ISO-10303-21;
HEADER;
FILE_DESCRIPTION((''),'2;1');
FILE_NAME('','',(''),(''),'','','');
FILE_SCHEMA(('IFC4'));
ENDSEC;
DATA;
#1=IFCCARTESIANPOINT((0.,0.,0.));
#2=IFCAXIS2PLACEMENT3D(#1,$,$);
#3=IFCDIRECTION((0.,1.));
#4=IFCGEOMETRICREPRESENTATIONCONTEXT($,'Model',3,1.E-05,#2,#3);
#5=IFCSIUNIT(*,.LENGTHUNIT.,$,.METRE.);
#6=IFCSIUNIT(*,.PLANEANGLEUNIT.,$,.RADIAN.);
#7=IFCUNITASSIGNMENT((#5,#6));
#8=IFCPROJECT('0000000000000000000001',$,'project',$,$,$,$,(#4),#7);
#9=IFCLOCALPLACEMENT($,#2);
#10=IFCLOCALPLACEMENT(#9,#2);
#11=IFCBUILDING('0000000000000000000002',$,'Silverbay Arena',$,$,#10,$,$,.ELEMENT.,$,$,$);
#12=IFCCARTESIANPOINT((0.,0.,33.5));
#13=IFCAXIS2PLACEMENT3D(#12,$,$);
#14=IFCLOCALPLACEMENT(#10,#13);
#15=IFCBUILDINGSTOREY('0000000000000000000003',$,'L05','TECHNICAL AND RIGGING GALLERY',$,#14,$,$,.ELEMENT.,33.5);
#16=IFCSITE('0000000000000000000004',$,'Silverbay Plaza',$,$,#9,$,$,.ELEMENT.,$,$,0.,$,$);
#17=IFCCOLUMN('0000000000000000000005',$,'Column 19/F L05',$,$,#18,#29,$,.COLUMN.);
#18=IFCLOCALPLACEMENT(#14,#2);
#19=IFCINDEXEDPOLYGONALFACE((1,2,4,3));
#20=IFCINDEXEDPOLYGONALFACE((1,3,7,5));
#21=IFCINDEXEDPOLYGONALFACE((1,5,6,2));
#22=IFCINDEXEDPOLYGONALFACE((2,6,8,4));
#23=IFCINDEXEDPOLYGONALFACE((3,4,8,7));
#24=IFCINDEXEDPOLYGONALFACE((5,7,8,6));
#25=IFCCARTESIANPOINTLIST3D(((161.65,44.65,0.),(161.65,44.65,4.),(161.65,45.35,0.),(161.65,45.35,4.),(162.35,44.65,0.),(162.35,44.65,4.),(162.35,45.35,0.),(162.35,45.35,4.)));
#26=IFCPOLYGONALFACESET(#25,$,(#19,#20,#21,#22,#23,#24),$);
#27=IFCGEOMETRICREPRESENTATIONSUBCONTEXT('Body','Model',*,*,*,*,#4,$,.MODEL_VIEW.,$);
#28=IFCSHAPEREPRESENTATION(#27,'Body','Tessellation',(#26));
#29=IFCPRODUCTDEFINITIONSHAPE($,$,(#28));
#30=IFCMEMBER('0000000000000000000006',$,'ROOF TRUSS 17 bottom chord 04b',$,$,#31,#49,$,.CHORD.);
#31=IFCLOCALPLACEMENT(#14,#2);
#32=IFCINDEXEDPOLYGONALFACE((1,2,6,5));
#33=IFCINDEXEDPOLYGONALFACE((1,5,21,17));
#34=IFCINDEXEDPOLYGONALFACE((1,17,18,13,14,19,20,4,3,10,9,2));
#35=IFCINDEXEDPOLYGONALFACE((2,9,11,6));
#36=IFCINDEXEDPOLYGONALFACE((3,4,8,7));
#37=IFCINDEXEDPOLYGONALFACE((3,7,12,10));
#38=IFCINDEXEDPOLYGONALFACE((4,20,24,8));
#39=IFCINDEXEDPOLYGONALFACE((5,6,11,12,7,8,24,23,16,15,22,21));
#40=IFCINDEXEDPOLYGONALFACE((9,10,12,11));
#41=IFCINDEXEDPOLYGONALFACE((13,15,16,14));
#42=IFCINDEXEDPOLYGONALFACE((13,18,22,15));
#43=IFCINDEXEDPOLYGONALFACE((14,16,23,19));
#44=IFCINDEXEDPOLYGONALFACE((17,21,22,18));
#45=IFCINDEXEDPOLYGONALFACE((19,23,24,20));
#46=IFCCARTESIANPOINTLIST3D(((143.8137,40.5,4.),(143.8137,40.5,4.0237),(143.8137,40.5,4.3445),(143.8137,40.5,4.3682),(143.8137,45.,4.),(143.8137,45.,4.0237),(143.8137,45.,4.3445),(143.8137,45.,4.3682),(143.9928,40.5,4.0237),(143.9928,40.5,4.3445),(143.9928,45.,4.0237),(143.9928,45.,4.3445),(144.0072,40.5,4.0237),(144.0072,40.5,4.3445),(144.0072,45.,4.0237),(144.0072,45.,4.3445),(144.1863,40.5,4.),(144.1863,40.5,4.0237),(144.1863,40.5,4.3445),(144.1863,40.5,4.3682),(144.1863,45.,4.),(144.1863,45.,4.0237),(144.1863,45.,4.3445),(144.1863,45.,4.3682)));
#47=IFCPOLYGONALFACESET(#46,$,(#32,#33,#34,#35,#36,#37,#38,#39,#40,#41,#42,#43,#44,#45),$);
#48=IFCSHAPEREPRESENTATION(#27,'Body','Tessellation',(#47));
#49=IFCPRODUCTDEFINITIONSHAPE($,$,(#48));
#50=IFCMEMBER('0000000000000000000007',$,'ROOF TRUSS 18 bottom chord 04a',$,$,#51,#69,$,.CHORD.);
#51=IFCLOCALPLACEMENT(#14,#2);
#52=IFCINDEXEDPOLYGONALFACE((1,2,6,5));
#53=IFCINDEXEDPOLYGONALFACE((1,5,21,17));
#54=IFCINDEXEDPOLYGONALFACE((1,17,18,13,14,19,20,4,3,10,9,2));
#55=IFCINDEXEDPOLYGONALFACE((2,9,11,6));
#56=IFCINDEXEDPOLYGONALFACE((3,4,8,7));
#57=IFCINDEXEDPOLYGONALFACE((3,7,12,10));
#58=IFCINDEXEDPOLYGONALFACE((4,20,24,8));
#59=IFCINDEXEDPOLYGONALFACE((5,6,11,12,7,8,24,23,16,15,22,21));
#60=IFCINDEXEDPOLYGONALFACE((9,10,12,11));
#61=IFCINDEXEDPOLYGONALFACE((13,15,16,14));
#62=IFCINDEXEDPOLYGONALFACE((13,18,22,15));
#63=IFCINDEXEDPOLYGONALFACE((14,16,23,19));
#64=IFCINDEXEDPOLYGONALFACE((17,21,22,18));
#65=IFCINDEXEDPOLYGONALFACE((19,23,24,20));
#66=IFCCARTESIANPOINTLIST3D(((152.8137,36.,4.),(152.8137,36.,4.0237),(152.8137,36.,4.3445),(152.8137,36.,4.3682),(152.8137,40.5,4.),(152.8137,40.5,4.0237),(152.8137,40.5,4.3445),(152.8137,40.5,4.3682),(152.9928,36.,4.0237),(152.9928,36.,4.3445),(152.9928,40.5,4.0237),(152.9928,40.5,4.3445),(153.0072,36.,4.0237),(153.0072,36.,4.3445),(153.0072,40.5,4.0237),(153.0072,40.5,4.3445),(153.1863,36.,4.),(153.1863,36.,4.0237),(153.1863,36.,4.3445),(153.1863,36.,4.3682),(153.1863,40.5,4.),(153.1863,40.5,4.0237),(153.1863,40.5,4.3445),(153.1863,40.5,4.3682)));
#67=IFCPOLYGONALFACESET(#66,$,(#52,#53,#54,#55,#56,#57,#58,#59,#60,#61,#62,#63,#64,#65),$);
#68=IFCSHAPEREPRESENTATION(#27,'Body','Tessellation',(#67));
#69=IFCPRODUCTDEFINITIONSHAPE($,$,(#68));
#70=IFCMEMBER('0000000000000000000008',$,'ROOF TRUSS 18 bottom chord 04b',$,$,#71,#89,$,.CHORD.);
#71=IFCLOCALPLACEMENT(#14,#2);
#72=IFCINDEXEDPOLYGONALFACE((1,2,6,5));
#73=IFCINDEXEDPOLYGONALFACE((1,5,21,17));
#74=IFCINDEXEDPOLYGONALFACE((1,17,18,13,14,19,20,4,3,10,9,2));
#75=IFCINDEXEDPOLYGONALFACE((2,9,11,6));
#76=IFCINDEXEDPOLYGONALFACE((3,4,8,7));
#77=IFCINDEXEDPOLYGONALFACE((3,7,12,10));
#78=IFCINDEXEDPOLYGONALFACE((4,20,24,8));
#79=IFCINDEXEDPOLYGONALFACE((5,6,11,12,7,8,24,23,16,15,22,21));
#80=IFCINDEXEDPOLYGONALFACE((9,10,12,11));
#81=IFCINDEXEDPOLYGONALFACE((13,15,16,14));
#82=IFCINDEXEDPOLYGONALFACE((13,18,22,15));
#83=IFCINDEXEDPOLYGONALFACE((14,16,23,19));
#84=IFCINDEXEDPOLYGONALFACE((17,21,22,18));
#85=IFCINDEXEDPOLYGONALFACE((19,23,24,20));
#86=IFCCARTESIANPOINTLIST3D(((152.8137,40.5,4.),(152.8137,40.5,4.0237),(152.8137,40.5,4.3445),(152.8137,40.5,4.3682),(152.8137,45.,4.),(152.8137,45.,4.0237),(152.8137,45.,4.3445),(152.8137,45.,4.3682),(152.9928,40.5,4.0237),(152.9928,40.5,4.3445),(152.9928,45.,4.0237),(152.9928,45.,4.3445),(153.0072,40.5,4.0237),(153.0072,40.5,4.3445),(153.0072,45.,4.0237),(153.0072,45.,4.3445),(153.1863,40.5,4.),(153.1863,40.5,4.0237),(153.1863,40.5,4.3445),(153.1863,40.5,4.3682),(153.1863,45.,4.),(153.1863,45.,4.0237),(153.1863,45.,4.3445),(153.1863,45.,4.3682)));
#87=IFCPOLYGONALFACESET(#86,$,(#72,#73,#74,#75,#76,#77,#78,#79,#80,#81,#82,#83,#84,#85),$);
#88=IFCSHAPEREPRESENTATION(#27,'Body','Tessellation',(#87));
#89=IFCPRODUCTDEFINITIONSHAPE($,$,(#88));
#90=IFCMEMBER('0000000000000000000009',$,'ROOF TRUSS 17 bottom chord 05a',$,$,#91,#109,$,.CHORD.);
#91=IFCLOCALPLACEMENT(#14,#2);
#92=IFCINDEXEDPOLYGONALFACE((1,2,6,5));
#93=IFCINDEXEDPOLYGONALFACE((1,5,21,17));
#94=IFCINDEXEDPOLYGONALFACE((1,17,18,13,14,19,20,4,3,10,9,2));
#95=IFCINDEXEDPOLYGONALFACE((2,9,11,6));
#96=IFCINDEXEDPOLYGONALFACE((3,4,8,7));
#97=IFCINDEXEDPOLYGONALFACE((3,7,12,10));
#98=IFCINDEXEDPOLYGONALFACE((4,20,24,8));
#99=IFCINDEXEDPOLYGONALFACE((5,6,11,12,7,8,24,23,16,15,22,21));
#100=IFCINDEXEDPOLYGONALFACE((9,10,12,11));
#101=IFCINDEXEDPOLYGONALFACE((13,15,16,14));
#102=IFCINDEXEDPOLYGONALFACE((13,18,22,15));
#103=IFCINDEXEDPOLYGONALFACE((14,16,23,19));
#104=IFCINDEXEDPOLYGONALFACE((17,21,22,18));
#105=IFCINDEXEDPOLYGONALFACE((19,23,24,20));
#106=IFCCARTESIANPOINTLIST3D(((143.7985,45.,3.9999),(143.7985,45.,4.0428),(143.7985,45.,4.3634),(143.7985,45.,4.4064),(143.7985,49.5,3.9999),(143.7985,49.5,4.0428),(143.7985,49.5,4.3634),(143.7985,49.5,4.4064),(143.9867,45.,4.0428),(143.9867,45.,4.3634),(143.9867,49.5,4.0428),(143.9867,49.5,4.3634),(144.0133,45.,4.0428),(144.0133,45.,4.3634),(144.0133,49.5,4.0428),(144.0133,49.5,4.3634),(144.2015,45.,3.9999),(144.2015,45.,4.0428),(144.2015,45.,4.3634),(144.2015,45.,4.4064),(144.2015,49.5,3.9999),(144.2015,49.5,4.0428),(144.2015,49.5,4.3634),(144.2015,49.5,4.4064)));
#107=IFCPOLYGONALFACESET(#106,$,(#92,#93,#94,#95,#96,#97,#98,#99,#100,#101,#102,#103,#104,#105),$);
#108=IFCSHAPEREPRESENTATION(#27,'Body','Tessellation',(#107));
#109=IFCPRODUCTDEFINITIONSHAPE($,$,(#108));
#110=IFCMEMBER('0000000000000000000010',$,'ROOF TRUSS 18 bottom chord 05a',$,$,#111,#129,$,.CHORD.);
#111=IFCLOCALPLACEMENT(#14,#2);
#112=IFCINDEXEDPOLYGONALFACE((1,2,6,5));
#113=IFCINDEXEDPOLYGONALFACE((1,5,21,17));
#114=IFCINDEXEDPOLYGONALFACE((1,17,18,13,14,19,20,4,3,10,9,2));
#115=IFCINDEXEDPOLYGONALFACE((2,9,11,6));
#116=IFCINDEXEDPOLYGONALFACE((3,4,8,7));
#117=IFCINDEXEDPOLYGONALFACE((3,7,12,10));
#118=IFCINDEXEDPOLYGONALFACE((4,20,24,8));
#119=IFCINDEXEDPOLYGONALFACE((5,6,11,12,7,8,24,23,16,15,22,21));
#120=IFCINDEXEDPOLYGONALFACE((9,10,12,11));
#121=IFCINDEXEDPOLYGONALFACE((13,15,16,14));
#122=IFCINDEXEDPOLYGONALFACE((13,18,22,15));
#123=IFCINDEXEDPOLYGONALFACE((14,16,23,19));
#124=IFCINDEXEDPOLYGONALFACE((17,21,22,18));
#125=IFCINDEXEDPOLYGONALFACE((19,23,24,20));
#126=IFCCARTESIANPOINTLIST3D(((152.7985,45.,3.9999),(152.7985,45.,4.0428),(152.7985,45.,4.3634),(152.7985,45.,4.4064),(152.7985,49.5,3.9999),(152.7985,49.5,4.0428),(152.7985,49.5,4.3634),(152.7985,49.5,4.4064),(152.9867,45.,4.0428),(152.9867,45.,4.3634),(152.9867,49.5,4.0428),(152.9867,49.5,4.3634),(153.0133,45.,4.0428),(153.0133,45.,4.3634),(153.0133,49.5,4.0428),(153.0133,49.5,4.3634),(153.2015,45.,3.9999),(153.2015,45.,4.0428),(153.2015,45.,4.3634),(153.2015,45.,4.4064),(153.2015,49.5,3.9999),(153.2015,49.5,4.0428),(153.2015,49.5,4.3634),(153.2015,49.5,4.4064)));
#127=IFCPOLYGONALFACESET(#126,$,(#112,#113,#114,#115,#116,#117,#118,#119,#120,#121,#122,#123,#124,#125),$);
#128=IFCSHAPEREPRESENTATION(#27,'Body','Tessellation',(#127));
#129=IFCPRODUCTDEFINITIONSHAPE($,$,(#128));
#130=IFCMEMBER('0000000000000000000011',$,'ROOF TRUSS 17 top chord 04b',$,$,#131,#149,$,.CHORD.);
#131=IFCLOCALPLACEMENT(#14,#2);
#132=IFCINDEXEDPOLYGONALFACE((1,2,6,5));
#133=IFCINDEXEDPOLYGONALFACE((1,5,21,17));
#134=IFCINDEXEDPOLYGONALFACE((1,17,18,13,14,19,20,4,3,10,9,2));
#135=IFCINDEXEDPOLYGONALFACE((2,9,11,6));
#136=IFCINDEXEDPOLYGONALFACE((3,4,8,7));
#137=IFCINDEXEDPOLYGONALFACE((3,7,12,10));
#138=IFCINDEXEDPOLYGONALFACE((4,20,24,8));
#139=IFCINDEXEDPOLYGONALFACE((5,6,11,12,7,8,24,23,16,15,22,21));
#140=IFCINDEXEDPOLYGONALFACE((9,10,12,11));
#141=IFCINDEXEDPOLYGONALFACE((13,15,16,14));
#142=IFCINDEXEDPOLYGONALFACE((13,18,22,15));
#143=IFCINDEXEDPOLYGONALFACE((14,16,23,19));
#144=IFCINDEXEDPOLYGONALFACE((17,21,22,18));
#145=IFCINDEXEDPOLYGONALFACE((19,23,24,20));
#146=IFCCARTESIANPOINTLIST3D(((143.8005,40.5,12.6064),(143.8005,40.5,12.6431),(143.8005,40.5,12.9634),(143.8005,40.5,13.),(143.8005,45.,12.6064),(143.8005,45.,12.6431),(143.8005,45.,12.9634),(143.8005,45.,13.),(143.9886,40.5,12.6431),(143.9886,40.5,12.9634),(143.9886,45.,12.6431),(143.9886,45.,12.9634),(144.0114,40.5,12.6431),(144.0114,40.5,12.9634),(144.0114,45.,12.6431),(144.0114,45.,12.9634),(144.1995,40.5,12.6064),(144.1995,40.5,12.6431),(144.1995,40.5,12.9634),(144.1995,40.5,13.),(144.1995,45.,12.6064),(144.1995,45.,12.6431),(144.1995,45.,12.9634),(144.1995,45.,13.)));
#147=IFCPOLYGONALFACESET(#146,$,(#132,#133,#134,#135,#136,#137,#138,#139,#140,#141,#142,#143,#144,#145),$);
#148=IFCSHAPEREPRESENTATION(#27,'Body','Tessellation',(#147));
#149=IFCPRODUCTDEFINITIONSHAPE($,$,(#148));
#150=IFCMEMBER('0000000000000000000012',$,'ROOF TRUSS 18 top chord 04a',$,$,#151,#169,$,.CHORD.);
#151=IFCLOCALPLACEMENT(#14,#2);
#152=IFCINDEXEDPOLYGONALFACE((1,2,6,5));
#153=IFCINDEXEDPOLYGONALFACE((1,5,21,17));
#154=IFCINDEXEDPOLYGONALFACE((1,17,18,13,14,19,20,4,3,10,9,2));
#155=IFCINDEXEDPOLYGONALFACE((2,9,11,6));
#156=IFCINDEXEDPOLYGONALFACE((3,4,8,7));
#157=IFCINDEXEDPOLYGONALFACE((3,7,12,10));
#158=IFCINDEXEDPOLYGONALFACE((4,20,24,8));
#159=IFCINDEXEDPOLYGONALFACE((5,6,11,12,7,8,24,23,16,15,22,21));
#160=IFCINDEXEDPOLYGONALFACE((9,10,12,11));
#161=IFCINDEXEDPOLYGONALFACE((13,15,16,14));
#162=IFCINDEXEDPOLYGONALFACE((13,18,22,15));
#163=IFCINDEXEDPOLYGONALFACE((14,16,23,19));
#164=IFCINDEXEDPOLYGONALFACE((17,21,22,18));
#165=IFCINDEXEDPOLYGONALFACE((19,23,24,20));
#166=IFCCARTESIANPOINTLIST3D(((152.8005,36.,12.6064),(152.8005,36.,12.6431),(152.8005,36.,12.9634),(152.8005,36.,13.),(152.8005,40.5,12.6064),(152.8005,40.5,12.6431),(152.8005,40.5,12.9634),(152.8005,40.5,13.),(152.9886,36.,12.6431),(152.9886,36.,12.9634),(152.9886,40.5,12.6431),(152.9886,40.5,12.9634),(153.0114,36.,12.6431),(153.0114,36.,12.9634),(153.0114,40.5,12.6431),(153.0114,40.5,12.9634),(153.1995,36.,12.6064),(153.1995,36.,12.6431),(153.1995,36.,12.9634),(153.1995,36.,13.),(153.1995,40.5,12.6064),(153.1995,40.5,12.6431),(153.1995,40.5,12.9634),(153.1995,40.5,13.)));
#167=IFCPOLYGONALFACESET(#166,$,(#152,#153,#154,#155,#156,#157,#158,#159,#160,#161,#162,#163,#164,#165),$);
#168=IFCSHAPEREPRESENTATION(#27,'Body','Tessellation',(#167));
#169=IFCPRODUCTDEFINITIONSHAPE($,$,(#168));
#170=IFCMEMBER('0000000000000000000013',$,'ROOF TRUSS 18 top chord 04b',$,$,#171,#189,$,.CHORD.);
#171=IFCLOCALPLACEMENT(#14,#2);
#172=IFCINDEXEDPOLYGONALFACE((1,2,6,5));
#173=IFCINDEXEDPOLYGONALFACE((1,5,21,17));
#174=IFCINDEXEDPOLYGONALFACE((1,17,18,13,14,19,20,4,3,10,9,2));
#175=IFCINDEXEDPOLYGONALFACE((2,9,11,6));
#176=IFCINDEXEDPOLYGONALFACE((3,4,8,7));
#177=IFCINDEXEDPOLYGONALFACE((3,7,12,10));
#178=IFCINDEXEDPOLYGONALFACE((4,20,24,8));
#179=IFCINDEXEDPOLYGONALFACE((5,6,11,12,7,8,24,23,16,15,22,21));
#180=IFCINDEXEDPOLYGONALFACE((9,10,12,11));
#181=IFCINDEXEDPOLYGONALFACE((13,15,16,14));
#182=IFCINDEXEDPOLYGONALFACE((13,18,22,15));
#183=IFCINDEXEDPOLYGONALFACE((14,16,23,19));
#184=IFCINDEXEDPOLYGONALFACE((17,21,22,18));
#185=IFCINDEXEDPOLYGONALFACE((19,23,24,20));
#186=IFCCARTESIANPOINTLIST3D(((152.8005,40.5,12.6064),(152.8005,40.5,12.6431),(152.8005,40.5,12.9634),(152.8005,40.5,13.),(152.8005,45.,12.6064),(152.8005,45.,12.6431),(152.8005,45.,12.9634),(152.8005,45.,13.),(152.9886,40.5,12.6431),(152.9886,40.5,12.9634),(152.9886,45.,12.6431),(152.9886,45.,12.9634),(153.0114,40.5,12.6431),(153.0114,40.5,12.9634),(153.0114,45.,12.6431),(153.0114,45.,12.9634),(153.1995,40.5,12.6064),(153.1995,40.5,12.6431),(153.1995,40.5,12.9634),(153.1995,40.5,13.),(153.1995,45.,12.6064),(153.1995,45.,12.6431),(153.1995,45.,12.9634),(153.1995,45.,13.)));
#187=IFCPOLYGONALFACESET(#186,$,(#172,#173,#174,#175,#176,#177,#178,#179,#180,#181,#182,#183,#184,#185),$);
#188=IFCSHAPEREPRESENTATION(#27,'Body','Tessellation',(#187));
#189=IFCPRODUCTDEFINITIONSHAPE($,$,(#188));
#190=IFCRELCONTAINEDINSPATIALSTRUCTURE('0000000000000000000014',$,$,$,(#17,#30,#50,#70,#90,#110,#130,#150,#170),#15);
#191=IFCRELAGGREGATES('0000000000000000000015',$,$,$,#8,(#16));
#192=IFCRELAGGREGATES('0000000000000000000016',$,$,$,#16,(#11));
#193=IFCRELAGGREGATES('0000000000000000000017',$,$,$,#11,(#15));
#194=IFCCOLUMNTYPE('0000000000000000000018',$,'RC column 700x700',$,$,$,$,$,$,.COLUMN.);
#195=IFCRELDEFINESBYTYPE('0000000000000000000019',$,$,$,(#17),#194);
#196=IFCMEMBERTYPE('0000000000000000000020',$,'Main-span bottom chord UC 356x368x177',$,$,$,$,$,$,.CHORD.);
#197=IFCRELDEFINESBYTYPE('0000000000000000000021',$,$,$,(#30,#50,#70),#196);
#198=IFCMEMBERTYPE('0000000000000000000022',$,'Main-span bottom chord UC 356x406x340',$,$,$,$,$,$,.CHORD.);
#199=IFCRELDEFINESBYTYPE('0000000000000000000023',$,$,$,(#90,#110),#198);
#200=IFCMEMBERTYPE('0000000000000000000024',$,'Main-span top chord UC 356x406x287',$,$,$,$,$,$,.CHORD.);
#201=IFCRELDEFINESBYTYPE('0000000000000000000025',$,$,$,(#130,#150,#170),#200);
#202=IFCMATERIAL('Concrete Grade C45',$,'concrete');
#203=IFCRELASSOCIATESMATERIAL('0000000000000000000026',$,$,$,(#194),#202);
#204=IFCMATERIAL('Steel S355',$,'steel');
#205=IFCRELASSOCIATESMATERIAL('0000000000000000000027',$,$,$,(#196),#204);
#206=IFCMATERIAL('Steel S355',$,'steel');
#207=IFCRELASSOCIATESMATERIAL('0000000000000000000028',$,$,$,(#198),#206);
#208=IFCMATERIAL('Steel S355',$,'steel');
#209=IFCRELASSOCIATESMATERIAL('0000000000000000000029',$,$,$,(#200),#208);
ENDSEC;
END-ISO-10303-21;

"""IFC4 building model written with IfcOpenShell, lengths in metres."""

from ifc_helpers import new_model, si_unit, direction, frame, origin, origin_2d, place, context, subcontext, project, spatial, rectangle, i_section, extrude, material, material_profile, profile_set, type_object, element, save


model = new_model("IFC4")

# Units and contexts
model_context = context("Model", 3, precision=1e-05, world=origin(), true_north=direction((0.0, 1.0)))
body_context = subcontext(model_context, "Body", "Model", "MODEL_VIEW")
ifc_project = project(units=[si_unit("LENGTHUNIT", "METRE"), si_unit("PLANEANGLEUNIT", "RADIAN")], contexts=[model_context])

# Site, building, storey
site_placement = place(None, origin())
site = spatial("IfcSite", under=ifc_project, at=site_placement, Name="Silverbay Plaza", CompositionType="ELEMENT", RefElevation=0.0)
building_placement = place(site_placement, origin())
building = spatial("IfcBuilding", under=site, at=building_placement, Name="Silverbay Arena", CompositionType="ELEMENT")
storey_placement = place(building_placement, frame((0.0, 0.0, 33.5)))
storey = spatial("IfcBuildingStorey", under=building, at=storey_placement, Name="L05", Description="TECHNICAL AND RIGGING GALLERY", CompositionType="ELEMENT", Elevation=33.5)

# Column
ifc_material_1 = material(Name="Concrete Grade C45", Category="concrete")
ifc_material_profile_1 = material_profile(ifc_material_1, rectangle(XDim=0.7, YDim=0.7, at=origin_2d()), Name="RC 700x700")
ifc_profile_set_1 = profile_set([ifc_material_profile_1], Name="Concrete Grade C45")
column_type = type_object("IfcColumnType", Name="RC column 700x700", PredefinedType="COLUMN", material=ifc_profile_set_1)
column_placement = place(storey_placement, frame((162.0, 45.0, 0.0), z_axis=(0.0, 0.0, 1.0), x_axis=(1.0, 0.0, 0.0)))
element("IfcColumn", 1, at=column_placement, inside=storey, type_object=column_type, Name="Column 19/F L05", PredefinedType="COLUMN", context=body_context, shape_type="SweptSolid", body=[
    extrude(rectangle(XDim=0.7, YDim=0.7, at=origin_2d()), origin(), (0.0, 0.0, 1.0), 4.0),
])

# Members
ifc_material_2 = material(Name="Steel S355", Category="steel")
ifc_material_profile_2 = material_profile(ifc_material_2, i_section(OverallWidth=0.3726, OverallDepth=0.3682, WebThickness=0.0144, FlangeThickness=0.0237, at=origin_2d()), Name="UC 356x368x177")
ifc_profile_set_2 = profile_set([ifc_material_profile_2], Name="Steel S355")
member_type_1 = type_object("IfcMemberType", Name="Main-span bottom chord UC 356x368x177", PredefinedType="CHORD", material=ifc_profile_set_2)
for number, where, z_axis, x_axis, name in (
    (2, (144.0, 40.5, 4.1841), (0.0, 1.0, 0.0), (-1.0, 0.0, 0.0), "ROOF TRUSS 17 bottom chord 04b"),
    (3, (153.0, 36.0, 4.1841), (0.0, 1.0, 0.0), (-1.0, 0.0, 0.0), "ROOF TRUSS 18 bottom chord 04a"),
    (4, (153.0, 40.5, 4.1841), (0.0, 1.0, 0.0), (-1.0, 0.0, 0.0), "ROOF TRUSS 18 bottom chord 04b"),
):
    element("IfcMember", number, at=place(storey_placement, frame(where, z_axis=z_axis, x_axis=x_axis)), inside=storey, type_object=member_type_1, Name=name, PredefinedType="CHORD", context=body_context, shape_type="SweptSolid", body=[
        extrude(i_section(OverallWidth=0.3726, OverallDepth=0.3682, WebThickness=0.0144, FlangeThickness=0.0237, at=origin_2d()), origin(), (0.0, 0.0, 1.0), 4.5),
    ])
ifc_material_3 = material(Name="Steel S355", Category="steel")
ifc_material_profile_3 = material_profile(ifc_material_3, i_section(OverallWidth=0.4031, OverallDepth=0.4065, WebThickness=0.0266, FlangeThickness=0.043, at=origin_2d()), Name="UC 356x406x340")
ifc_profile_set_3 = profile_set([ifc_material_profile_3], Name="Steel S355")
member_type_2 = type_object("IfcMemberType", Name="Main-span bottom chord UC 356x406x340", PredefinedType="CHORD", material=ifc_profile_set_3)
for number, where, z_axis, x_axis, name in (
    (5, (144.0, 45.0, 4.2031), (0.0, 1.0, 0.0), (-1.0, 0.0, 0.0), "ROOF TRUSS 17 bottom chord 05a"),
    (6, (153.0, 45.0, 4.2031), (0.0, 1.0, 0.0), (-1.0, 0.0, 0.0), "ROOF TRUSS 18 bottom chord 05a"),
):
    element("IfcMember", number, at=place(storey_placement, frame(where, z_axis=z_axis, x_axis=x_axis)), inside=storey, type_object=member_type_2, Name=name, PredefinedType="CHORD", context=body_context, shape_type="SweptSolid", body=[
        extrude(i_section(OverallWidth=0.4031, OverallDepth=0.4065, WebThickness=0.0266, FlangeThickness=0.043, at=origin_2d()), origin(), (0.0, 0.0, 1.0), 4.5),
    ])
ifc_material_4 = material(Name="Steel S355", Category="steel")
ifc_material_profile_4 = material_profile(ifc_material_4, i_section(OverallWidth=0.3989, OverallDepth=0.3936, WebThickness=0.0227, FlangeThickness=0.0366, at=origin_2d()), Name="UC 356x406x287")
ifc_profile_set_4 = profile_set([ifc_material_profile_4], Name="Steel S355")
member_type_3 = type_object("IfcMemberType", Name="Main-span top chord UC 356x406x287", PredefinedType="CHORD", material=ifc_profile_set_4)
for number, where, z_axis, x_axis, name in (
    (7, (144.0, 40.5, 12.8032), (0.0, 1.0, 0.0), (-1.0, 0.0, 0.0), "ROOF TRUSS 17 top chord 04b"),
    (8, (153.0, 36.0, 12.8032), (0.0, 1.0, 0.0), (-1.0, 0.0, 0.0), "ROOF TRUSS 18 top chord 04a"),
    (9, (153.0, 40.5, 12.8032), (0.0, 1.0, 0.0), (-1.0, 0.0, 0.0), "ROOF TRUSS 18 top chord 04b"),
):
    element("IfcMember", number, at=place(storey_placement, frame(where, z_axis=z_axis, x_axis=x_axis)), inside=storey, type_object=member_type_3, Name=name, PredefinedType="CHORD", context=body_context, shape_type="SweptSolid", body=[
        extrude(i_section(OverallWidth=0.3989, OverallDepth=0.3936, WebThickness=0.0227, FlangeThickness=0.0366, at=origin_2d()), origin(), (0.0, 0.0, 1.0), 4.5),
    ])

save(model, "model.ifc")
